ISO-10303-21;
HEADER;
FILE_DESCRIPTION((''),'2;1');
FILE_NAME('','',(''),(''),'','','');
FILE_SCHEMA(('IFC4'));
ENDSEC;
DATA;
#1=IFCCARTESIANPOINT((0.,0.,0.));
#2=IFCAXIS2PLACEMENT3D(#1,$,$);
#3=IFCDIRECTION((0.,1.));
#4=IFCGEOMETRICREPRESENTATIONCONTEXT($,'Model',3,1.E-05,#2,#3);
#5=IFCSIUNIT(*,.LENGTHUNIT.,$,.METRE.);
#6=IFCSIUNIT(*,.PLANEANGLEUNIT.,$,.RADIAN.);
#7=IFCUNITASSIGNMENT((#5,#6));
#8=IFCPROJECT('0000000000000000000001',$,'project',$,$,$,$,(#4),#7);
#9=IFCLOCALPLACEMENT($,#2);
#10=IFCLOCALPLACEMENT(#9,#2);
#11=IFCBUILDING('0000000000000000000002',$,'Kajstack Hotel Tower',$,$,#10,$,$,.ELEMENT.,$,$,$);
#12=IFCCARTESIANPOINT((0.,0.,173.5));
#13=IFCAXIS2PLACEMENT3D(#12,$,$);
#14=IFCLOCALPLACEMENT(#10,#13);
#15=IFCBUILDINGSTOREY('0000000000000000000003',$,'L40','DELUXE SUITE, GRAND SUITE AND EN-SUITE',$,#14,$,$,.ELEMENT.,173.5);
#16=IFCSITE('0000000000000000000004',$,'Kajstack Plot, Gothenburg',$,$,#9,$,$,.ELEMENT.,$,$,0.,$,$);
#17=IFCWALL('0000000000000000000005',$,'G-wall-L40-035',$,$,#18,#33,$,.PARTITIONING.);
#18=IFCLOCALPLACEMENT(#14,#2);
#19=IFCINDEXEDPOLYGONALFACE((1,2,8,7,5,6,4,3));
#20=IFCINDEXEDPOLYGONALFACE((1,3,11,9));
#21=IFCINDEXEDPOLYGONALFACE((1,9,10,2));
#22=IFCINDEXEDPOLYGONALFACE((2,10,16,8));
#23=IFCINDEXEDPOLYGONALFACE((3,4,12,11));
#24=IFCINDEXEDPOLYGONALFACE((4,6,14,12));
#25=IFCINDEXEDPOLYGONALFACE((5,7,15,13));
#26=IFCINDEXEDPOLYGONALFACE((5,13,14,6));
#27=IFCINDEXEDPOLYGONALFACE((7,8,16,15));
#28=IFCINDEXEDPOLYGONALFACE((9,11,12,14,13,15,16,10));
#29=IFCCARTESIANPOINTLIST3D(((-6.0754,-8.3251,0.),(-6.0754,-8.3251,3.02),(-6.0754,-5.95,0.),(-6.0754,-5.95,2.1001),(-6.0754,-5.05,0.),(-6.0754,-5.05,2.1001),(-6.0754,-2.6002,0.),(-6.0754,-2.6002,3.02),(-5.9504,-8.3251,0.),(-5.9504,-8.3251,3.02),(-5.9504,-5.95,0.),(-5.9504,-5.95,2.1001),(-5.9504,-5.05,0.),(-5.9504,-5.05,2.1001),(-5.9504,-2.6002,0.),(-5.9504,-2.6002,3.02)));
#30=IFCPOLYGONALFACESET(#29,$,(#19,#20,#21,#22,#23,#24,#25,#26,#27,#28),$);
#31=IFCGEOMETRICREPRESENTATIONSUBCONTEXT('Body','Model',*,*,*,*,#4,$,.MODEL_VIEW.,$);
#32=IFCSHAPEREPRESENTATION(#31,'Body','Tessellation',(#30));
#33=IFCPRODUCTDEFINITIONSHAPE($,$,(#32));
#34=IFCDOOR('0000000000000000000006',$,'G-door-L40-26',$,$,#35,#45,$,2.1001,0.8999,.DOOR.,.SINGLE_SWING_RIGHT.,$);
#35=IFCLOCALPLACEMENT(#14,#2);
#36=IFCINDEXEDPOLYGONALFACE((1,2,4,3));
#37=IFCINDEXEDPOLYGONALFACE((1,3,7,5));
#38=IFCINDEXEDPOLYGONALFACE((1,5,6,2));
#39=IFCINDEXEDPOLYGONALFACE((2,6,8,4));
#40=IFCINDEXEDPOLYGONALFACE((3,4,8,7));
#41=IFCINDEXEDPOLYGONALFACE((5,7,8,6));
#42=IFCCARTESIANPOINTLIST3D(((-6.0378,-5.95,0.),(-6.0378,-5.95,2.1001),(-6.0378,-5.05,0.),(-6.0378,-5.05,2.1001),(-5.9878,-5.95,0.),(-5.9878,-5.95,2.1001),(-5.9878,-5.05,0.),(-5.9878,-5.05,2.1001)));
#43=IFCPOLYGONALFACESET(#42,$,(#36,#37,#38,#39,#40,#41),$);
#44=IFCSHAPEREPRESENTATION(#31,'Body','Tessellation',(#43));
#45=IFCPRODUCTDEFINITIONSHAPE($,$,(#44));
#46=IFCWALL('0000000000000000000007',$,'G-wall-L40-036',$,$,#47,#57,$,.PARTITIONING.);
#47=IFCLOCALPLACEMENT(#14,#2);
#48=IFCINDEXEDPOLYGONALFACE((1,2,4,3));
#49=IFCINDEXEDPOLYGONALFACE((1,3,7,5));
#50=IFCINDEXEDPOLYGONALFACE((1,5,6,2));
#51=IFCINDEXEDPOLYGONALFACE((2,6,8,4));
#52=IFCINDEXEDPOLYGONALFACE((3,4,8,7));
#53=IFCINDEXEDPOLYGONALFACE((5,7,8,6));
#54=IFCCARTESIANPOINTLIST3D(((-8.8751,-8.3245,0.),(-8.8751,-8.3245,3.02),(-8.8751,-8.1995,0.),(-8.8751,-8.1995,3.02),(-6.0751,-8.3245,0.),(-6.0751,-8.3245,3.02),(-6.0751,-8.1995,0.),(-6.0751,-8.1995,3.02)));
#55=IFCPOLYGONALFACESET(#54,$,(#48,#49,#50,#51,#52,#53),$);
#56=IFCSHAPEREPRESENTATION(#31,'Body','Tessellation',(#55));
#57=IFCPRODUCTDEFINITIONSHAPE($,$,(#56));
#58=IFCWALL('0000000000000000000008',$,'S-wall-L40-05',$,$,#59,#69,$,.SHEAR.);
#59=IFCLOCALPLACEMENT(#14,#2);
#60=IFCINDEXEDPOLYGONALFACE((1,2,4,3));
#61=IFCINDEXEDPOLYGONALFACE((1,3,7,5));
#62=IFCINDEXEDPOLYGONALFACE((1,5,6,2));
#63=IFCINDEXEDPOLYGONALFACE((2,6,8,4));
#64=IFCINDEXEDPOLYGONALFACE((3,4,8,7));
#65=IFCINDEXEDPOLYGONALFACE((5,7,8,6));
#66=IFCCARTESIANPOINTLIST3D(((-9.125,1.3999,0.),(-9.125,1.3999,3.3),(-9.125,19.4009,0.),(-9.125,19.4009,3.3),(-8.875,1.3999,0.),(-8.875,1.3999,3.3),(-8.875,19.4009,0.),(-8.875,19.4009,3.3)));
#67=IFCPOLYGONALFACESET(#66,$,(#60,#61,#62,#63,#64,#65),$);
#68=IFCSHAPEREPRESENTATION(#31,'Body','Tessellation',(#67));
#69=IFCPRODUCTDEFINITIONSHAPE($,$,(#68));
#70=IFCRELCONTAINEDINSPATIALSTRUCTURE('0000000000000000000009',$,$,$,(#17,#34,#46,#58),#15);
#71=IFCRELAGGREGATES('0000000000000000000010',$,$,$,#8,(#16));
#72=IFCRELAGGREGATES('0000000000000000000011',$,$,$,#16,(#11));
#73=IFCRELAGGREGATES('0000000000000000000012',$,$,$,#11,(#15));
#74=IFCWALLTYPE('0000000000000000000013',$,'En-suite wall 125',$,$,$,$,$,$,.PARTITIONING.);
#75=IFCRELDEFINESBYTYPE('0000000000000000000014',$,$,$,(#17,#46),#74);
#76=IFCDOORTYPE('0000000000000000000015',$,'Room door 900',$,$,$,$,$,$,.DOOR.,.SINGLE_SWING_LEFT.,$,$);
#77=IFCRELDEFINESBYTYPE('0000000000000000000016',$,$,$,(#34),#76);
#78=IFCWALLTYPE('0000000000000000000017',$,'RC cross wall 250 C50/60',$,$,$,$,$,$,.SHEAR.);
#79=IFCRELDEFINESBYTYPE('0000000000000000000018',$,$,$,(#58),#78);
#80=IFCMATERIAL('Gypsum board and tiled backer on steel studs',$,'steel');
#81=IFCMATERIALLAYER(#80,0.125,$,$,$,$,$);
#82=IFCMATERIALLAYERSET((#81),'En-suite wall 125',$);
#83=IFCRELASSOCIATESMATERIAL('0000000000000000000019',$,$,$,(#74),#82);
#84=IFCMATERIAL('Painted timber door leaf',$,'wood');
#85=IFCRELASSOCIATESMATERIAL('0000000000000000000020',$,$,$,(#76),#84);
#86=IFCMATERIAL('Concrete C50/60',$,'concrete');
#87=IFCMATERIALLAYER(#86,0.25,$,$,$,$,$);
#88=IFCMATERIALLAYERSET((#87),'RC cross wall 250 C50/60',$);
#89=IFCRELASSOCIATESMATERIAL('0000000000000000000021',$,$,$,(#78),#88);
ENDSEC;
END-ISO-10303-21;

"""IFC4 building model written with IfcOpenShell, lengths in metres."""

from ifc_helpers import new_model, si_unit, direction, frame, frame_2d, origin, place, context, subcontext, project, spatial, rectangle, extrude, material, layer, layer_set, type_object, element, fill, save


model = new_model("IFC4")

# Units and contexts
model_context = context("Model", 3, precision=1e-05, world=origin(), true_north=direction((0.0, 1.0)))
body_context = subcontext(model_context, "Body", "Model", "MODEL_VIEW")
ifc_project = project(units=[si_unit("LENGTHUNIT", "METRE"), si_unit("PLANEANGLEUNIT", "RADIAN")], contexts=[model_context])

# Site, building, storey
site_placement = place(None, origin())
site = spatial("IfcSite", under=ifc_project, at=site_placement, Name="Kajstack Plot, Gothenburg", CompositionType="ELEMENT", RefElevation=0.0)
building_placement = place(site_placement, origin())
building = spatial("IfcBuilding", under=site, at=building_placement, Name="Kajstack Hotel Tower", CompositionType="ELEMENT")
storey_placement = place(building_placement, frame((0.0, 0.0, 173.5)))
storey = spatial("IfcBuildingStorey", under=building, at=storey_placement, Name="L40", Description="DELUXE SUITE, GRAND SUITE AND EN-SUITE", CompositionType="ELEMENT", Elevation=173.5)

# Shared definitions
ifc_material_1 = material(Name="Gypsum board and tiled backer on steel studs", Category="steel")
ifc_layer_1 = layer(ifc_material_1, 0.125)
ifc_layer_set_1 = layer_set([ifc_layer_1], Name="En-suite wall 125")
wall_type_1 = type_object("IfcWallType", Name="En-suite wall 125", PredefinedType="PARTITIONING", material=ifc_layer_set_1)
ifc_material_2 = material(Name="Painted timber door leaf", Category="wood")
door_type = type_object("IfcDoorType", Name="Room door 900", OperationType="SINGLE_SWING_LEFT", PredefinedType="DOOR", material=ifc_material_2)

# Wall, opening, door
wall_1_placement = place(storey_placement, frame((-6.0129, -8.325, 0.0), z_axis=(0.0, 0.0, 1.0), x_axis=(0.0, 1.0, 0.0)))
wall_1 = element("IfcWall", 1, at=wall_1_placement, inside=storey, type_object=wall_type_1, Name="G-wall-L40-035", PredefinedType="PARTITIONING", context=body_context, shape_type="SweptSolid", body=[
    extrude(rectangle(XDim=5.7249, YDim=0.125, at=frame_2d((2.8623, 0.0))), origin(), (0.0, 0.0, 1.0), 3.02),
])
opening_1_placement = place(wall_1_placement, frame((2.375, 0.0, 0.0)))
opening_1 = element("IfcOpeningElement", 2, at=opening_1_placement, cuts=wall_1, PredefinedType="OPENING", context=body_context, shape_type="SweptSolid", body=[
    extrude(rectangle(XDim=0.8999, YDim=2.1001, at=frame_2d((0.45, 1.05))), frame((0.0, 0.0725, 0.0), z_axis=(0.0, -1.0, 0.0), x_axis=(1.0, 0.0, 0.0)), (0.0, 0.0, 1.0), 0.145),
])
door_1_placement = place(opening_1_placement, origin())
door_1 = element("IfcDoor", 3, at=door_1_placement, inside=storey, type_object=door_type, Name="G-door-L40-26", OperationType="SINGLE_SWING_RIGHT", OverallHeight=2.1001, OverallWidth=0.8999, PredefinedType="DOOR", context=body_context, shape_type="SweptSolid", body=[
    extrude(rectangle(XDim=0.8999, YDim=2.1001, at=frame_2d((0.45, 1.05))), frame((0.0, 0.0249, 0.0), z_axis=(0.0, -1.0, 0.0), x_axis=(1.0, 0.0, 0.0)), (0.0, 0.0, 1.0), 0.05),
])
fill(opening_1, door_1)

# Walls
wall_2_placement = place(storey_placement, frame((-8.875, -8.262, 0.0), z_axis=(0.0, 0.0, 1.0), x_axis=(1.0, 0.0, 0.0)))
element("IfcWall", 4, at=wall_2_placement, inside=storey, type_object=wall_type_1, Name="G-wall-L40-036", PredefinedType="PARTITIONING", context=body_context, shape_type="SweptSolid", body=[
    extrude(rectangle(XDim=2.8, YDim=0.125, at=frame_2d((1.3999, 0.0))), origin(), (0.0, 0.0, 1.0), 3.02),
])
ifc_material_3 = material(Name="Concrete C50/60", Category="concrete")
ifc_layer_2 = layer(ifc_material_3, 0.25)
ifc_layer_set_2 = layer_set([ifc_layer_2], Name="RC cross wall 250 C50/60")
wall_type_2 = type_object("IfcWallType", Name="RC cross wall 250 C50/60", PredefinedType="SHEAR", material=ifc_layer_set_2)
wall_3_placement = place(storey_placement, frame((-9.0, 1.3999, 0.0), z_axis=(0.0, 0.0, 1.0), x_axis=(0.0, 1.0, 0.0)))
element("IfcWall", 5, at=wall_3_placement, inside=storey, type_object=wall_type_2, Name="S-wall-L40-05", PredefinedType="SHEAR", context=body_context, shape_type="SweptSolid", body=[
    extrude(rectangle(XDim=18.001, YDim=0.25, at=frame_2d((9.0005, 0.0))), origin(), (0.0, 0.0, 1.0), 3.3),
])

save(model, "model.ifc")
